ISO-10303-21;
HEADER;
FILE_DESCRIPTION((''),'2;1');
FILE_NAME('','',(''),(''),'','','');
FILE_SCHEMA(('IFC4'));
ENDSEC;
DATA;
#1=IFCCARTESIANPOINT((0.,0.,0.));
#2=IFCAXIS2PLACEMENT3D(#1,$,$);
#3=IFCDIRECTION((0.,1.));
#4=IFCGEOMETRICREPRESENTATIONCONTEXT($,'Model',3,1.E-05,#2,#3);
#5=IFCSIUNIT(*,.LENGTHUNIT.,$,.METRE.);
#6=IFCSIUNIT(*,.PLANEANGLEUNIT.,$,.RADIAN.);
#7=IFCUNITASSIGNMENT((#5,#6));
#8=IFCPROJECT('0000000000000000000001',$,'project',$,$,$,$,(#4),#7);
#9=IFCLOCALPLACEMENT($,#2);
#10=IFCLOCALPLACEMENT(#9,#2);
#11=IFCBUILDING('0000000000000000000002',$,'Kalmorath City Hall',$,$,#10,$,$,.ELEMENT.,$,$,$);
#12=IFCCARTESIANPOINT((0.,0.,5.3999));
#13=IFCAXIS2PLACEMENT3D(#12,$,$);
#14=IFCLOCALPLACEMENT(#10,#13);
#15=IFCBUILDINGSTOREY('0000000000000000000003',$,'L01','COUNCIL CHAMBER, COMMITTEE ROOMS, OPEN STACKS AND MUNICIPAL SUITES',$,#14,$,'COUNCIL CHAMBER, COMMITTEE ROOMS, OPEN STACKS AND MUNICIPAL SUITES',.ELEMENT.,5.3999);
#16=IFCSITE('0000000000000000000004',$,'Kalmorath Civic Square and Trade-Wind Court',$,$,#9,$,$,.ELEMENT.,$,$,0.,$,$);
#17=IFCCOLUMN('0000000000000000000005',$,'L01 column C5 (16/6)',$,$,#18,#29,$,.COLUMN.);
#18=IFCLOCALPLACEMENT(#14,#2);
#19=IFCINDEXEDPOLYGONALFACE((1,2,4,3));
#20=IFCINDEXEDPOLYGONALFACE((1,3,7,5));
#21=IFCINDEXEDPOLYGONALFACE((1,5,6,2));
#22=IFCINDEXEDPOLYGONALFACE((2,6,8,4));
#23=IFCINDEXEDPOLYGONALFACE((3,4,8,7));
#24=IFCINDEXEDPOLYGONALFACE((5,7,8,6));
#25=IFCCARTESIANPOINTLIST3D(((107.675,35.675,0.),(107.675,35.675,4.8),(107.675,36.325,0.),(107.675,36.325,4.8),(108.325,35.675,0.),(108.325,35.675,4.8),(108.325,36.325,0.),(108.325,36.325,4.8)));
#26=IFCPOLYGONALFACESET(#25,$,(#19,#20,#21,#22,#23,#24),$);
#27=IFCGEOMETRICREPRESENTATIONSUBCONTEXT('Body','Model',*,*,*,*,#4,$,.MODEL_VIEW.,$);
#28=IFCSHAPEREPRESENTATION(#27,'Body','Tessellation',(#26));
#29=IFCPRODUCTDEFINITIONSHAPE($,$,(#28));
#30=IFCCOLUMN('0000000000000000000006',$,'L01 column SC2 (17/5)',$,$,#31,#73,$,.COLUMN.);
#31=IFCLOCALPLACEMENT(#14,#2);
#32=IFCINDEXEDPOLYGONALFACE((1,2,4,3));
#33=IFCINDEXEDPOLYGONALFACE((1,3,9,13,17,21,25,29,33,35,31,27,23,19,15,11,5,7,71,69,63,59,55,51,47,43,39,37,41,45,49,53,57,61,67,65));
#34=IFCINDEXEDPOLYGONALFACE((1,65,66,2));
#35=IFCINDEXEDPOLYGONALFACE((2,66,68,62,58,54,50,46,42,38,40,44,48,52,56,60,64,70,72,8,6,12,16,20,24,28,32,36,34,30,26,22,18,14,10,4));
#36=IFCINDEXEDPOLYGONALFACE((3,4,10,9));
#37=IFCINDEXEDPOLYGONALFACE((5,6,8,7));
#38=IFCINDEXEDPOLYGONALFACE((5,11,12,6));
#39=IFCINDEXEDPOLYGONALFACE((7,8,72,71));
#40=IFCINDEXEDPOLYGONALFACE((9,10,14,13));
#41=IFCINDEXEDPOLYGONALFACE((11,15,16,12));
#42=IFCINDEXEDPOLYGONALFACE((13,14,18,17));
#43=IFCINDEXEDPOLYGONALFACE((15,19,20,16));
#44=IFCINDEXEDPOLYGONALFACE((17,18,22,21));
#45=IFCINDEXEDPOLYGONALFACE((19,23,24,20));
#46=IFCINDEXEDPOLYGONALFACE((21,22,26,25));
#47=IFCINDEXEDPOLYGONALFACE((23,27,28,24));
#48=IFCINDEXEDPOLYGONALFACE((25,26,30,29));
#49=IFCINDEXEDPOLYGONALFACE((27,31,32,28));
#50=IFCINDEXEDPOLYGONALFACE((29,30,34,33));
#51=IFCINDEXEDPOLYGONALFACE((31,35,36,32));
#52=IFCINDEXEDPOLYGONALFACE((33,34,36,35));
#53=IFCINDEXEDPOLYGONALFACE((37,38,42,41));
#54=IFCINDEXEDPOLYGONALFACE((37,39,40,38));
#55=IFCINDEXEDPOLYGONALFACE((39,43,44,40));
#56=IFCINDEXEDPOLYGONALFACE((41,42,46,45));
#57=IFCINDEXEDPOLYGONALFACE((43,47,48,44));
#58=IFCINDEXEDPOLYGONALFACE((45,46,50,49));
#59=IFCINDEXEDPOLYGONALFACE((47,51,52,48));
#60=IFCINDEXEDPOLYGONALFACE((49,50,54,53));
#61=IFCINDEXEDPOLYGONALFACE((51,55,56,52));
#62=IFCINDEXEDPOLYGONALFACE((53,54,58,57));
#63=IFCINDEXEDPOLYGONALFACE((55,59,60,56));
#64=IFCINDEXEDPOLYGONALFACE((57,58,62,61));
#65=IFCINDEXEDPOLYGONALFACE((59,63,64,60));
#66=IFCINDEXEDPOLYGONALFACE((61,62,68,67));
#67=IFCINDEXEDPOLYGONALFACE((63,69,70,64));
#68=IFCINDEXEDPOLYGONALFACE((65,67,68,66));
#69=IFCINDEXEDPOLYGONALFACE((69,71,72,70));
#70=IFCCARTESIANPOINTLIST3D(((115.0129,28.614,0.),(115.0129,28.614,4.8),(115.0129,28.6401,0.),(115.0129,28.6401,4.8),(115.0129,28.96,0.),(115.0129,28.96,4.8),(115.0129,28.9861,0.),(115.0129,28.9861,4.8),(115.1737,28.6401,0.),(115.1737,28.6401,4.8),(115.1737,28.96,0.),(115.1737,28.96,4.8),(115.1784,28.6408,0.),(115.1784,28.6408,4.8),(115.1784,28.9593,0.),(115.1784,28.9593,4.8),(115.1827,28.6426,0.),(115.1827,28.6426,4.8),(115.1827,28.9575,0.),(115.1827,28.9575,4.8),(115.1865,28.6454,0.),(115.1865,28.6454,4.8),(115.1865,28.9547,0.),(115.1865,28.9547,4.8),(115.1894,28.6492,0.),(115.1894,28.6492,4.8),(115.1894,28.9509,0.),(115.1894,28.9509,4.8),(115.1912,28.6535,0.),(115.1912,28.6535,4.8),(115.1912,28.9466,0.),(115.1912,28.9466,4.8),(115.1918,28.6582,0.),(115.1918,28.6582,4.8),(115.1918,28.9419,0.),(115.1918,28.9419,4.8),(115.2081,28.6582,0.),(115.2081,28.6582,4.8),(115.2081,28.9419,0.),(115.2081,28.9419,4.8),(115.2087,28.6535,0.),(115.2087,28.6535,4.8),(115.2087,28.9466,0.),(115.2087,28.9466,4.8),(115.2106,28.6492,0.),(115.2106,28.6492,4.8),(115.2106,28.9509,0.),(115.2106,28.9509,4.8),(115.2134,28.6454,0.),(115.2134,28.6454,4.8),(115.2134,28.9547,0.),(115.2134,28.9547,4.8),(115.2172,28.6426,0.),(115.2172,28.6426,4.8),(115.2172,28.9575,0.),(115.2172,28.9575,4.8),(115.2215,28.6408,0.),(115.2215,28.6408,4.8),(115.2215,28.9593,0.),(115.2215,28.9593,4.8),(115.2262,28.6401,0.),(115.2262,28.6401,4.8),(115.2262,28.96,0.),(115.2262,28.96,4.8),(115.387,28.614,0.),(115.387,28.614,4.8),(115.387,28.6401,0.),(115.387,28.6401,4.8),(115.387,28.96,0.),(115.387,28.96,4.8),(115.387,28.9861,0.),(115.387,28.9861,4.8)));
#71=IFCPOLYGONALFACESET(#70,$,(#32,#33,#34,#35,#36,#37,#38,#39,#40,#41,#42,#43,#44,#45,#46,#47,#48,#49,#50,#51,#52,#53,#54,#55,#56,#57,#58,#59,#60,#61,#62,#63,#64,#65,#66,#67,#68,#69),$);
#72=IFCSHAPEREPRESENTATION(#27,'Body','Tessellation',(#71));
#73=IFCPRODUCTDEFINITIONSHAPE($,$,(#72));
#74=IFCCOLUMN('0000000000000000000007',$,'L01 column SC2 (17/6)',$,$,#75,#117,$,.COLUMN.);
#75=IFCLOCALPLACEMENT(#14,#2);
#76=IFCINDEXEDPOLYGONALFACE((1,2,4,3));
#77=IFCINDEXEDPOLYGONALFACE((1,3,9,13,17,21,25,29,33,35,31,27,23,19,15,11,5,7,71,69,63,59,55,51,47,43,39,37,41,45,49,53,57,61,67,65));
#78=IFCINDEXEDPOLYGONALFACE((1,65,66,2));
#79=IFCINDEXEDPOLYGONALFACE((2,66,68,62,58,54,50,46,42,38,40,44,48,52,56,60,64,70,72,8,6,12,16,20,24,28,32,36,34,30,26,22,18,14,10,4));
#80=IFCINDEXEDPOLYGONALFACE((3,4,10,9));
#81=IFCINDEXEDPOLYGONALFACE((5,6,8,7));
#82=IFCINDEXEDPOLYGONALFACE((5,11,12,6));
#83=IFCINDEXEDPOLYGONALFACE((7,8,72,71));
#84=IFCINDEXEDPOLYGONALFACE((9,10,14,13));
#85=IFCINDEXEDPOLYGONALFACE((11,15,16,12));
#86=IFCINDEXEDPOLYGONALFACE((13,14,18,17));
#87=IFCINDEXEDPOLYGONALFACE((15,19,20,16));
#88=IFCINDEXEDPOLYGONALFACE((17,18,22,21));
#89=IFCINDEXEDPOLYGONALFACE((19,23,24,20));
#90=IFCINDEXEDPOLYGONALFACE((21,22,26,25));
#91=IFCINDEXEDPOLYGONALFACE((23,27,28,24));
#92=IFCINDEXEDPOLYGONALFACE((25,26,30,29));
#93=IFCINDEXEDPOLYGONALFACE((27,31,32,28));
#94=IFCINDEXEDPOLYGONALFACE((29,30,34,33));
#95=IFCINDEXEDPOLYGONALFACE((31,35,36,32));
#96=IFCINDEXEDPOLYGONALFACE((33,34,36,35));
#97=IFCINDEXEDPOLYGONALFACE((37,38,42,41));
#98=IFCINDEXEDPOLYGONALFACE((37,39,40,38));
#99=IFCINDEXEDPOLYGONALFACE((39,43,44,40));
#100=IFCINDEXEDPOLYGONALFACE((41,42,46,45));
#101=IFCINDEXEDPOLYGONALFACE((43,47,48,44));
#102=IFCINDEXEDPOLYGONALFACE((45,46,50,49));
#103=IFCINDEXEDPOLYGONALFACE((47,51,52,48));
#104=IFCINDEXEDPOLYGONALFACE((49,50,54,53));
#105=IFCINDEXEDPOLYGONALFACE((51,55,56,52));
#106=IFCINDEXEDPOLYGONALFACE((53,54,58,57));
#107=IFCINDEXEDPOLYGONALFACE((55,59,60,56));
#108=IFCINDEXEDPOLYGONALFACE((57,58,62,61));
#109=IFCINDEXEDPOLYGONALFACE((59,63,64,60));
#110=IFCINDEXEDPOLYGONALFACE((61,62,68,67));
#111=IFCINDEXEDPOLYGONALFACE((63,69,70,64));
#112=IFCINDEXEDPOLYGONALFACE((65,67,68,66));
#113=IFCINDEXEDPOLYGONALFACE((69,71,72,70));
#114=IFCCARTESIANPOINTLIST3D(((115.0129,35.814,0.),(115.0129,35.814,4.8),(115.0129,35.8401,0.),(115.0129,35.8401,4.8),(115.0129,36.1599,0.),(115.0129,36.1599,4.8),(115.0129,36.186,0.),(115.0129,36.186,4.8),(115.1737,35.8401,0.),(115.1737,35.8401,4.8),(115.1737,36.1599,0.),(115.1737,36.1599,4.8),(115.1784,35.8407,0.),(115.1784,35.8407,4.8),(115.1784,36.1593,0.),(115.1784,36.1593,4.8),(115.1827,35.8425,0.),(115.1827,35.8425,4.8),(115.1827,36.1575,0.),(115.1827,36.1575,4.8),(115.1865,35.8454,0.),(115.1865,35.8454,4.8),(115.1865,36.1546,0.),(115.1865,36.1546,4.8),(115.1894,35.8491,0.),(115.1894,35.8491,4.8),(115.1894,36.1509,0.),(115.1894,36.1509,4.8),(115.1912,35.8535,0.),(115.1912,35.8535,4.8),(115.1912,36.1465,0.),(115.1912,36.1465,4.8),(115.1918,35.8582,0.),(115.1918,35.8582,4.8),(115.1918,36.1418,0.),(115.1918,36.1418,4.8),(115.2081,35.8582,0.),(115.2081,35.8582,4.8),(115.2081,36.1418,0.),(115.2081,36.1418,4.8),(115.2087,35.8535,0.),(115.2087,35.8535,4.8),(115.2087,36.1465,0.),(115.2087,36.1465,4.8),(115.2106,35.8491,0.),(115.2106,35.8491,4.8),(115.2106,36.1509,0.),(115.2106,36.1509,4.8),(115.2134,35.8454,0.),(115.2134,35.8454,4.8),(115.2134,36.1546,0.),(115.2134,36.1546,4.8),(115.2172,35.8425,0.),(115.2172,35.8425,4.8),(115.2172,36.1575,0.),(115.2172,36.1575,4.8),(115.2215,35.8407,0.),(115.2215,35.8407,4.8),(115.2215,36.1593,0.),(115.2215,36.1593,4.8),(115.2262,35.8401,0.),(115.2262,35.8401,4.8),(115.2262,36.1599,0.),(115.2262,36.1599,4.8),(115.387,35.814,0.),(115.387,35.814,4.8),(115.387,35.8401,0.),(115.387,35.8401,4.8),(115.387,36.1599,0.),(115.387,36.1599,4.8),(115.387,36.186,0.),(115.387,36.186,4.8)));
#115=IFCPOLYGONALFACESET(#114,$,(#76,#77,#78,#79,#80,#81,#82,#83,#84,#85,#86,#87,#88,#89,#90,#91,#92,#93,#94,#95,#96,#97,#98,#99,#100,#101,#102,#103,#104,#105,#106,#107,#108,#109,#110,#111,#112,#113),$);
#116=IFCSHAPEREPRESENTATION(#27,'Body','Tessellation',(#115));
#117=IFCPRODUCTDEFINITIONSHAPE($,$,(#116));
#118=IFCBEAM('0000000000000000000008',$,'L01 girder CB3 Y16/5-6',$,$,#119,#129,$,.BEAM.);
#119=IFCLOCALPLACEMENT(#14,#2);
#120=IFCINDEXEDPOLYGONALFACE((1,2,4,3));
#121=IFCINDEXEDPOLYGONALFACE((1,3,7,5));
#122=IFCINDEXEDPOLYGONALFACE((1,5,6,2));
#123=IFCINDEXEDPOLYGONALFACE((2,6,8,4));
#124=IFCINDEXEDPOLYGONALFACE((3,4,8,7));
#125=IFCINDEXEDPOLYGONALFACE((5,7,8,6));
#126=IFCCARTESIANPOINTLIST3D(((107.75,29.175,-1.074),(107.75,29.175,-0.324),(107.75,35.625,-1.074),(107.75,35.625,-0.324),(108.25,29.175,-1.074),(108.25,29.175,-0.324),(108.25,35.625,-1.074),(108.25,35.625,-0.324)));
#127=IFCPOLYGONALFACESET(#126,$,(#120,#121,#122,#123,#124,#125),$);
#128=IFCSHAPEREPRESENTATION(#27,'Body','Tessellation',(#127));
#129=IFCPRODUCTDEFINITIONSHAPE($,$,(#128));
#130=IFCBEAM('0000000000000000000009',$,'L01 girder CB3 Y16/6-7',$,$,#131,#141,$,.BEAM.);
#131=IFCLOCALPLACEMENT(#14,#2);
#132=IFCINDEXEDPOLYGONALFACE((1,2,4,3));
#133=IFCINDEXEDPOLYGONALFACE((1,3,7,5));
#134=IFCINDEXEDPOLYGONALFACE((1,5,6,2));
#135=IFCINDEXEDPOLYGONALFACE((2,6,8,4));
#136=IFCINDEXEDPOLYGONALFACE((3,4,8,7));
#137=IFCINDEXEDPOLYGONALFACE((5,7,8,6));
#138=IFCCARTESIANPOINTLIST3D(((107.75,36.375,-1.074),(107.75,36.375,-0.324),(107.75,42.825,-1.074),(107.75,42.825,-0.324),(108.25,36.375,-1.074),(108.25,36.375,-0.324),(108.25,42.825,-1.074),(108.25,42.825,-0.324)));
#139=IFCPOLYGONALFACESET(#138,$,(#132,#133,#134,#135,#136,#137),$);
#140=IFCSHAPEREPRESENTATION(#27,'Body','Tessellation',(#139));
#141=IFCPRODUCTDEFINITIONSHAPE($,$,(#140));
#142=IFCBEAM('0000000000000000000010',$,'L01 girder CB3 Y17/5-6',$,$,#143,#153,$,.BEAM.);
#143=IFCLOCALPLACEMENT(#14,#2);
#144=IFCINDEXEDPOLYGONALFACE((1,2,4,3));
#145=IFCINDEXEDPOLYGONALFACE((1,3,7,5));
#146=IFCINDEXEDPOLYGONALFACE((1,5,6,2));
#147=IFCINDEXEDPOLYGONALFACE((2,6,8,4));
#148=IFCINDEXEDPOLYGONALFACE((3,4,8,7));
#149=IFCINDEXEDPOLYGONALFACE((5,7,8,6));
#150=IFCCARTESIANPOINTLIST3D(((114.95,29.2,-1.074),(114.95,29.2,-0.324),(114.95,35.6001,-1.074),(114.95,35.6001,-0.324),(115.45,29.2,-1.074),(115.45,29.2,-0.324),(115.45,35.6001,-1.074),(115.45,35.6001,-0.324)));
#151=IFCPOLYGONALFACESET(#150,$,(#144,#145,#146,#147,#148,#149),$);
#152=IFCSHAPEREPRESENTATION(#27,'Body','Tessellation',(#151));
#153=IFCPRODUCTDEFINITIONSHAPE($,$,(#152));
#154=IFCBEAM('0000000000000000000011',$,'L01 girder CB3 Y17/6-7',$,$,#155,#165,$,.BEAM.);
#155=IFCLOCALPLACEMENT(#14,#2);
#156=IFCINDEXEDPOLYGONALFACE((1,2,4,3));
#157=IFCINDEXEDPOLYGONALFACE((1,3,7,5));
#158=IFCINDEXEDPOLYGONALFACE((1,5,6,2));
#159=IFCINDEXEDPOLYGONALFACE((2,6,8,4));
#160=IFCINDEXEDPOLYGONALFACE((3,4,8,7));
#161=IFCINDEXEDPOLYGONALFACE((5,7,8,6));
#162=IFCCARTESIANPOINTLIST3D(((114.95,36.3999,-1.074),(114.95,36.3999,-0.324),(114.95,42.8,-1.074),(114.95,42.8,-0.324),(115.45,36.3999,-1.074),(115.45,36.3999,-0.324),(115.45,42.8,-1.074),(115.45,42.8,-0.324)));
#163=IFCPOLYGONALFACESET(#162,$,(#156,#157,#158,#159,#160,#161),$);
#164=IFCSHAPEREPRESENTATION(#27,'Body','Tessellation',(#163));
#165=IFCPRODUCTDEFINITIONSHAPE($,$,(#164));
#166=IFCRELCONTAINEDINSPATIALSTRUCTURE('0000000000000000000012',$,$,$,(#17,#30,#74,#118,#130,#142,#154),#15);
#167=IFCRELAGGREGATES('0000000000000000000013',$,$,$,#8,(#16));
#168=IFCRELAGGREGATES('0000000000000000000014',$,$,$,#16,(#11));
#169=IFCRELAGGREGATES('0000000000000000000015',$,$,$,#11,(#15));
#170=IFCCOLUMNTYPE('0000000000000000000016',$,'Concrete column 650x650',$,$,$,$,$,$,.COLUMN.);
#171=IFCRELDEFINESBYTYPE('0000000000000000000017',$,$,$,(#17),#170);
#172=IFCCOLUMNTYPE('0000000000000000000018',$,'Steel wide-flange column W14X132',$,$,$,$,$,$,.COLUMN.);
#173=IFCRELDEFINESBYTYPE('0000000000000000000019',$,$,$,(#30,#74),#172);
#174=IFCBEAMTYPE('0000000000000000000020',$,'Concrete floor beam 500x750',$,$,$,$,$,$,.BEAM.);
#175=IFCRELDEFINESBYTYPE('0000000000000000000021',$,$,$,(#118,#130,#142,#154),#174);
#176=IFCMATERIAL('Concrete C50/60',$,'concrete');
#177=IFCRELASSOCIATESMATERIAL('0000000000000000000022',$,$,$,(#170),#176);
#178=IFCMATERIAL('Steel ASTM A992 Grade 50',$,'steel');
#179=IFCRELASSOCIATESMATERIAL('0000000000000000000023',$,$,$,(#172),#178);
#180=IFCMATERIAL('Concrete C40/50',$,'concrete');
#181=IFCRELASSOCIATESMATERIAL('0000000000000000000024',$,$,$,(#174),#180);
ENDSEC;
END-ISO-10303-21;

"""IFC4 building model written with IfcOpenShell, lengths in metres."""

from ifc_helpers import new_model, si_unit, direction, frame, origin, origin_2d, place, context, subcontext, project, spatial, rectangle, i_section, extrude, material, material_profile, profile_set, type_object, element, save


model = new_model("IFC4")

# Units and contexts
model_context = context("Model", 3, precision=1e-05, world=origin(), true_north=direction((0.0, 1.0)))
body_context = subcontext(model_context, "Body", "Model", "MODEL_VIEW")
ifc_project = project(units=[si_unit("LENGTHUNIT", "METRE"), si_unit("PLANEANGLEUNIT", "RADIAN")], contexts=[model_context])

# Site, building, storey
site_placement = place(None, origin())
site = spatial("IfcSite", under=ifc_project, at=site_placement, Name="Kalmorath Civic Square and Trade-Wind Court", CompositionType="ELEMENT", RefElevation=0.0)
building_placement = place(site_placement, origin())
building = spatial("IfcBuilding", under=site, at=building_placement, Name="Kalmorath City Hall", CompositionType="ELEMENT")
storey_placement = place(building_placement, frame((0.0, 0.0, 5.3999)))
storey = spatial("IfcBuildingStorey", under=building, at=storey_placement, Name="L01", Description="COUNCIL CHAMBER, COMMITTEE ROOMS, OPEN STACKS AND MUNICIPAL SUITES", LongName="COUNCIL CHAMBER, COMMITTEE ROOMS, OPEN STACKS AND MUNICIPAL SUITES", CompositionType="ELEMENT", Elevation=5.3999)

# Columns
ifc_material_1 = material(Name="Concrete C50/60", Category="concrete")
ifc_material_profile_1 = material_profile(ifc_material_1, rectangle(XDim=0.6499, YDim=0.6499, at=origin_2d()), Name="RC-COL-650X650")
ifc_profile_set_1 = profile_set([ifc_material_profile_1], Name="Concrete C50/60")
column_type_1 = type_object("IfcColumnType", Name="Concrete column 650x650", PredefinedType="COLUMN", material=ifc_profile_set_1)
column_placement = place(storey_placement, frame((108.0, 36.0, 0.0), z_axis=(0.0, 0.0, 1.0), x_axis=(1.0, 0.0, 0.0)))
element("IfcColumn", 1, at=column_placement, inside=storey, type_object=column_type_1, Name="L01 column C5 (16/6)", PredefinedType="COLUMN", context=body_context, shape_type="SweptSolid", body=[
    extrude(rectangle(XDim=0.6499, YDim=0.6499, at=origin_2d()), origin(), (0.0, 0.0, 1.0), 4.8),
])
ifc_material_2 = material(Name="Steel ASTM A992 Grade 50", Category="steel")
ifc_material_profile_2 = material_profile(ifc_material_2, i_section(OverallWidth=0.374, OverallDepth=0.3721, WebThickness=0.0164, FlangeThickness=0.0261, FilletRadius=0.0181, at=origin_2d()), Name="W14X132")
ifc_profile_set_2 = profile_set([ifc_material_profile_2], Name="Steel ASTM A992 Grade 50")
column_type_2 = type_object("IfcColumnType", Name="Steel wide-flange column W14X132", PredefinedType="COLUMN", material=ifc_profile_set_2)
for number, where, z_axis, x_axis, name in (
    (2, (115.2, 28.8, 0.0), (0.0, 0.0, 1.0), (1.0, 0.0, 0.0), "L01 column SC2 (17/5)"),
    (3, (115.2, 36.0, 0.0), (0.0, 0.0, 1.0), (1.0, 0.0, 0.0), "L01 column SC2 (17/6)"),
):
    element("IfcColumn", number, at=place(storey_placement, frame(where, z_axis=z_axis, x_axis=x_axis)), inside=storey, type_object=column_type_2, Name=name, PredefinedType="COLUMN", context=body_context, shape_type="SweptSolid", body=[
        extrude(i_section(OverallWidth=0.374, OverallDepth=0.3721, WebThickness=0.0164, FlangeThickness=0.0261, FilletRadius=0.0181, at=origin_2d()), origin(), (0.0, 0.0, 1.0), 4.8),
    ])

# Beams
ifc_material_3 = material(Name="Concrete C40/50", Category="concrete")
ifc_material_profile_3 = material_profile(ifc_material_3, rectangle(XDim=0.5, YDim=0.75, at=origin_2d()), Name="RC-BM-500X750")
ifc_profile_set_3 = profile_set([ifc_material_profile_3], Name="Concrete C40/50")
beam_type_1 = type_object("IfcBeamType", Name="Concrete floor beam 500x750", PredefinedType="BEAM", material=ifc_profile_set_3)
for number, where, z_axis, x_axis, name in (
    (4, (108.0, 29.175, -0.699), (0.0, 1.0, 0.0), (-1.0, 0.0, 0.0), "L01 girder CB3 Y16/5-6"),
    (5, (108.0, 36.375, -0.699), (0.0, 1.0, 0.0), (-1.0, 0.0, 0.0), "L01 girder CB3 Y16/6-7"),
):
    element("IfcBeam", number, at=place(storey_placement, frame(where, z_axis=z_axis, x_axis=x_axis)), inside=storey, type_object=beam_type_1, Name=name, PredefinedType="BEAM", context=body_context, shape_type="SweptSolid", body=[
        extrude(rectangle(XDim=0.5, YDim=0.75, at=origin_2d()), origin(), (0.0, 0.0, 1.0), 6.45),
    ])
for number, where, z_axis, x_axis, name in (
    (6, (115.2, 29.2, -0.699), (0.0, 1.0, 0.0), (-1.0, 0.0, 0.0), "L01 girder CB3 Y17/5-6"),
    (7, (115.2, 36.3999, -0.699), (0.0, 1.0, 0.0), (-1.0, 0.0, 0.0), "L01 girder CB3 Y17/6-7"),
):
    element("IfcBeam", number, at=place(storey_placement, frame(where, z_axis=z_axis, x_axis=x_axis)), inside=storey, type_object=beam_type_1, Name=name, PredefinedType="BEAM", context=body_context, shape_type="SweptSolid", body=[
        extrude(rectangle(XDim=0.5, YDim=0.75, at=origin_2d()), origin(), (0.0, 0.0, 1.0), 6.4001),
    ])

save(model, "model.ifc")
